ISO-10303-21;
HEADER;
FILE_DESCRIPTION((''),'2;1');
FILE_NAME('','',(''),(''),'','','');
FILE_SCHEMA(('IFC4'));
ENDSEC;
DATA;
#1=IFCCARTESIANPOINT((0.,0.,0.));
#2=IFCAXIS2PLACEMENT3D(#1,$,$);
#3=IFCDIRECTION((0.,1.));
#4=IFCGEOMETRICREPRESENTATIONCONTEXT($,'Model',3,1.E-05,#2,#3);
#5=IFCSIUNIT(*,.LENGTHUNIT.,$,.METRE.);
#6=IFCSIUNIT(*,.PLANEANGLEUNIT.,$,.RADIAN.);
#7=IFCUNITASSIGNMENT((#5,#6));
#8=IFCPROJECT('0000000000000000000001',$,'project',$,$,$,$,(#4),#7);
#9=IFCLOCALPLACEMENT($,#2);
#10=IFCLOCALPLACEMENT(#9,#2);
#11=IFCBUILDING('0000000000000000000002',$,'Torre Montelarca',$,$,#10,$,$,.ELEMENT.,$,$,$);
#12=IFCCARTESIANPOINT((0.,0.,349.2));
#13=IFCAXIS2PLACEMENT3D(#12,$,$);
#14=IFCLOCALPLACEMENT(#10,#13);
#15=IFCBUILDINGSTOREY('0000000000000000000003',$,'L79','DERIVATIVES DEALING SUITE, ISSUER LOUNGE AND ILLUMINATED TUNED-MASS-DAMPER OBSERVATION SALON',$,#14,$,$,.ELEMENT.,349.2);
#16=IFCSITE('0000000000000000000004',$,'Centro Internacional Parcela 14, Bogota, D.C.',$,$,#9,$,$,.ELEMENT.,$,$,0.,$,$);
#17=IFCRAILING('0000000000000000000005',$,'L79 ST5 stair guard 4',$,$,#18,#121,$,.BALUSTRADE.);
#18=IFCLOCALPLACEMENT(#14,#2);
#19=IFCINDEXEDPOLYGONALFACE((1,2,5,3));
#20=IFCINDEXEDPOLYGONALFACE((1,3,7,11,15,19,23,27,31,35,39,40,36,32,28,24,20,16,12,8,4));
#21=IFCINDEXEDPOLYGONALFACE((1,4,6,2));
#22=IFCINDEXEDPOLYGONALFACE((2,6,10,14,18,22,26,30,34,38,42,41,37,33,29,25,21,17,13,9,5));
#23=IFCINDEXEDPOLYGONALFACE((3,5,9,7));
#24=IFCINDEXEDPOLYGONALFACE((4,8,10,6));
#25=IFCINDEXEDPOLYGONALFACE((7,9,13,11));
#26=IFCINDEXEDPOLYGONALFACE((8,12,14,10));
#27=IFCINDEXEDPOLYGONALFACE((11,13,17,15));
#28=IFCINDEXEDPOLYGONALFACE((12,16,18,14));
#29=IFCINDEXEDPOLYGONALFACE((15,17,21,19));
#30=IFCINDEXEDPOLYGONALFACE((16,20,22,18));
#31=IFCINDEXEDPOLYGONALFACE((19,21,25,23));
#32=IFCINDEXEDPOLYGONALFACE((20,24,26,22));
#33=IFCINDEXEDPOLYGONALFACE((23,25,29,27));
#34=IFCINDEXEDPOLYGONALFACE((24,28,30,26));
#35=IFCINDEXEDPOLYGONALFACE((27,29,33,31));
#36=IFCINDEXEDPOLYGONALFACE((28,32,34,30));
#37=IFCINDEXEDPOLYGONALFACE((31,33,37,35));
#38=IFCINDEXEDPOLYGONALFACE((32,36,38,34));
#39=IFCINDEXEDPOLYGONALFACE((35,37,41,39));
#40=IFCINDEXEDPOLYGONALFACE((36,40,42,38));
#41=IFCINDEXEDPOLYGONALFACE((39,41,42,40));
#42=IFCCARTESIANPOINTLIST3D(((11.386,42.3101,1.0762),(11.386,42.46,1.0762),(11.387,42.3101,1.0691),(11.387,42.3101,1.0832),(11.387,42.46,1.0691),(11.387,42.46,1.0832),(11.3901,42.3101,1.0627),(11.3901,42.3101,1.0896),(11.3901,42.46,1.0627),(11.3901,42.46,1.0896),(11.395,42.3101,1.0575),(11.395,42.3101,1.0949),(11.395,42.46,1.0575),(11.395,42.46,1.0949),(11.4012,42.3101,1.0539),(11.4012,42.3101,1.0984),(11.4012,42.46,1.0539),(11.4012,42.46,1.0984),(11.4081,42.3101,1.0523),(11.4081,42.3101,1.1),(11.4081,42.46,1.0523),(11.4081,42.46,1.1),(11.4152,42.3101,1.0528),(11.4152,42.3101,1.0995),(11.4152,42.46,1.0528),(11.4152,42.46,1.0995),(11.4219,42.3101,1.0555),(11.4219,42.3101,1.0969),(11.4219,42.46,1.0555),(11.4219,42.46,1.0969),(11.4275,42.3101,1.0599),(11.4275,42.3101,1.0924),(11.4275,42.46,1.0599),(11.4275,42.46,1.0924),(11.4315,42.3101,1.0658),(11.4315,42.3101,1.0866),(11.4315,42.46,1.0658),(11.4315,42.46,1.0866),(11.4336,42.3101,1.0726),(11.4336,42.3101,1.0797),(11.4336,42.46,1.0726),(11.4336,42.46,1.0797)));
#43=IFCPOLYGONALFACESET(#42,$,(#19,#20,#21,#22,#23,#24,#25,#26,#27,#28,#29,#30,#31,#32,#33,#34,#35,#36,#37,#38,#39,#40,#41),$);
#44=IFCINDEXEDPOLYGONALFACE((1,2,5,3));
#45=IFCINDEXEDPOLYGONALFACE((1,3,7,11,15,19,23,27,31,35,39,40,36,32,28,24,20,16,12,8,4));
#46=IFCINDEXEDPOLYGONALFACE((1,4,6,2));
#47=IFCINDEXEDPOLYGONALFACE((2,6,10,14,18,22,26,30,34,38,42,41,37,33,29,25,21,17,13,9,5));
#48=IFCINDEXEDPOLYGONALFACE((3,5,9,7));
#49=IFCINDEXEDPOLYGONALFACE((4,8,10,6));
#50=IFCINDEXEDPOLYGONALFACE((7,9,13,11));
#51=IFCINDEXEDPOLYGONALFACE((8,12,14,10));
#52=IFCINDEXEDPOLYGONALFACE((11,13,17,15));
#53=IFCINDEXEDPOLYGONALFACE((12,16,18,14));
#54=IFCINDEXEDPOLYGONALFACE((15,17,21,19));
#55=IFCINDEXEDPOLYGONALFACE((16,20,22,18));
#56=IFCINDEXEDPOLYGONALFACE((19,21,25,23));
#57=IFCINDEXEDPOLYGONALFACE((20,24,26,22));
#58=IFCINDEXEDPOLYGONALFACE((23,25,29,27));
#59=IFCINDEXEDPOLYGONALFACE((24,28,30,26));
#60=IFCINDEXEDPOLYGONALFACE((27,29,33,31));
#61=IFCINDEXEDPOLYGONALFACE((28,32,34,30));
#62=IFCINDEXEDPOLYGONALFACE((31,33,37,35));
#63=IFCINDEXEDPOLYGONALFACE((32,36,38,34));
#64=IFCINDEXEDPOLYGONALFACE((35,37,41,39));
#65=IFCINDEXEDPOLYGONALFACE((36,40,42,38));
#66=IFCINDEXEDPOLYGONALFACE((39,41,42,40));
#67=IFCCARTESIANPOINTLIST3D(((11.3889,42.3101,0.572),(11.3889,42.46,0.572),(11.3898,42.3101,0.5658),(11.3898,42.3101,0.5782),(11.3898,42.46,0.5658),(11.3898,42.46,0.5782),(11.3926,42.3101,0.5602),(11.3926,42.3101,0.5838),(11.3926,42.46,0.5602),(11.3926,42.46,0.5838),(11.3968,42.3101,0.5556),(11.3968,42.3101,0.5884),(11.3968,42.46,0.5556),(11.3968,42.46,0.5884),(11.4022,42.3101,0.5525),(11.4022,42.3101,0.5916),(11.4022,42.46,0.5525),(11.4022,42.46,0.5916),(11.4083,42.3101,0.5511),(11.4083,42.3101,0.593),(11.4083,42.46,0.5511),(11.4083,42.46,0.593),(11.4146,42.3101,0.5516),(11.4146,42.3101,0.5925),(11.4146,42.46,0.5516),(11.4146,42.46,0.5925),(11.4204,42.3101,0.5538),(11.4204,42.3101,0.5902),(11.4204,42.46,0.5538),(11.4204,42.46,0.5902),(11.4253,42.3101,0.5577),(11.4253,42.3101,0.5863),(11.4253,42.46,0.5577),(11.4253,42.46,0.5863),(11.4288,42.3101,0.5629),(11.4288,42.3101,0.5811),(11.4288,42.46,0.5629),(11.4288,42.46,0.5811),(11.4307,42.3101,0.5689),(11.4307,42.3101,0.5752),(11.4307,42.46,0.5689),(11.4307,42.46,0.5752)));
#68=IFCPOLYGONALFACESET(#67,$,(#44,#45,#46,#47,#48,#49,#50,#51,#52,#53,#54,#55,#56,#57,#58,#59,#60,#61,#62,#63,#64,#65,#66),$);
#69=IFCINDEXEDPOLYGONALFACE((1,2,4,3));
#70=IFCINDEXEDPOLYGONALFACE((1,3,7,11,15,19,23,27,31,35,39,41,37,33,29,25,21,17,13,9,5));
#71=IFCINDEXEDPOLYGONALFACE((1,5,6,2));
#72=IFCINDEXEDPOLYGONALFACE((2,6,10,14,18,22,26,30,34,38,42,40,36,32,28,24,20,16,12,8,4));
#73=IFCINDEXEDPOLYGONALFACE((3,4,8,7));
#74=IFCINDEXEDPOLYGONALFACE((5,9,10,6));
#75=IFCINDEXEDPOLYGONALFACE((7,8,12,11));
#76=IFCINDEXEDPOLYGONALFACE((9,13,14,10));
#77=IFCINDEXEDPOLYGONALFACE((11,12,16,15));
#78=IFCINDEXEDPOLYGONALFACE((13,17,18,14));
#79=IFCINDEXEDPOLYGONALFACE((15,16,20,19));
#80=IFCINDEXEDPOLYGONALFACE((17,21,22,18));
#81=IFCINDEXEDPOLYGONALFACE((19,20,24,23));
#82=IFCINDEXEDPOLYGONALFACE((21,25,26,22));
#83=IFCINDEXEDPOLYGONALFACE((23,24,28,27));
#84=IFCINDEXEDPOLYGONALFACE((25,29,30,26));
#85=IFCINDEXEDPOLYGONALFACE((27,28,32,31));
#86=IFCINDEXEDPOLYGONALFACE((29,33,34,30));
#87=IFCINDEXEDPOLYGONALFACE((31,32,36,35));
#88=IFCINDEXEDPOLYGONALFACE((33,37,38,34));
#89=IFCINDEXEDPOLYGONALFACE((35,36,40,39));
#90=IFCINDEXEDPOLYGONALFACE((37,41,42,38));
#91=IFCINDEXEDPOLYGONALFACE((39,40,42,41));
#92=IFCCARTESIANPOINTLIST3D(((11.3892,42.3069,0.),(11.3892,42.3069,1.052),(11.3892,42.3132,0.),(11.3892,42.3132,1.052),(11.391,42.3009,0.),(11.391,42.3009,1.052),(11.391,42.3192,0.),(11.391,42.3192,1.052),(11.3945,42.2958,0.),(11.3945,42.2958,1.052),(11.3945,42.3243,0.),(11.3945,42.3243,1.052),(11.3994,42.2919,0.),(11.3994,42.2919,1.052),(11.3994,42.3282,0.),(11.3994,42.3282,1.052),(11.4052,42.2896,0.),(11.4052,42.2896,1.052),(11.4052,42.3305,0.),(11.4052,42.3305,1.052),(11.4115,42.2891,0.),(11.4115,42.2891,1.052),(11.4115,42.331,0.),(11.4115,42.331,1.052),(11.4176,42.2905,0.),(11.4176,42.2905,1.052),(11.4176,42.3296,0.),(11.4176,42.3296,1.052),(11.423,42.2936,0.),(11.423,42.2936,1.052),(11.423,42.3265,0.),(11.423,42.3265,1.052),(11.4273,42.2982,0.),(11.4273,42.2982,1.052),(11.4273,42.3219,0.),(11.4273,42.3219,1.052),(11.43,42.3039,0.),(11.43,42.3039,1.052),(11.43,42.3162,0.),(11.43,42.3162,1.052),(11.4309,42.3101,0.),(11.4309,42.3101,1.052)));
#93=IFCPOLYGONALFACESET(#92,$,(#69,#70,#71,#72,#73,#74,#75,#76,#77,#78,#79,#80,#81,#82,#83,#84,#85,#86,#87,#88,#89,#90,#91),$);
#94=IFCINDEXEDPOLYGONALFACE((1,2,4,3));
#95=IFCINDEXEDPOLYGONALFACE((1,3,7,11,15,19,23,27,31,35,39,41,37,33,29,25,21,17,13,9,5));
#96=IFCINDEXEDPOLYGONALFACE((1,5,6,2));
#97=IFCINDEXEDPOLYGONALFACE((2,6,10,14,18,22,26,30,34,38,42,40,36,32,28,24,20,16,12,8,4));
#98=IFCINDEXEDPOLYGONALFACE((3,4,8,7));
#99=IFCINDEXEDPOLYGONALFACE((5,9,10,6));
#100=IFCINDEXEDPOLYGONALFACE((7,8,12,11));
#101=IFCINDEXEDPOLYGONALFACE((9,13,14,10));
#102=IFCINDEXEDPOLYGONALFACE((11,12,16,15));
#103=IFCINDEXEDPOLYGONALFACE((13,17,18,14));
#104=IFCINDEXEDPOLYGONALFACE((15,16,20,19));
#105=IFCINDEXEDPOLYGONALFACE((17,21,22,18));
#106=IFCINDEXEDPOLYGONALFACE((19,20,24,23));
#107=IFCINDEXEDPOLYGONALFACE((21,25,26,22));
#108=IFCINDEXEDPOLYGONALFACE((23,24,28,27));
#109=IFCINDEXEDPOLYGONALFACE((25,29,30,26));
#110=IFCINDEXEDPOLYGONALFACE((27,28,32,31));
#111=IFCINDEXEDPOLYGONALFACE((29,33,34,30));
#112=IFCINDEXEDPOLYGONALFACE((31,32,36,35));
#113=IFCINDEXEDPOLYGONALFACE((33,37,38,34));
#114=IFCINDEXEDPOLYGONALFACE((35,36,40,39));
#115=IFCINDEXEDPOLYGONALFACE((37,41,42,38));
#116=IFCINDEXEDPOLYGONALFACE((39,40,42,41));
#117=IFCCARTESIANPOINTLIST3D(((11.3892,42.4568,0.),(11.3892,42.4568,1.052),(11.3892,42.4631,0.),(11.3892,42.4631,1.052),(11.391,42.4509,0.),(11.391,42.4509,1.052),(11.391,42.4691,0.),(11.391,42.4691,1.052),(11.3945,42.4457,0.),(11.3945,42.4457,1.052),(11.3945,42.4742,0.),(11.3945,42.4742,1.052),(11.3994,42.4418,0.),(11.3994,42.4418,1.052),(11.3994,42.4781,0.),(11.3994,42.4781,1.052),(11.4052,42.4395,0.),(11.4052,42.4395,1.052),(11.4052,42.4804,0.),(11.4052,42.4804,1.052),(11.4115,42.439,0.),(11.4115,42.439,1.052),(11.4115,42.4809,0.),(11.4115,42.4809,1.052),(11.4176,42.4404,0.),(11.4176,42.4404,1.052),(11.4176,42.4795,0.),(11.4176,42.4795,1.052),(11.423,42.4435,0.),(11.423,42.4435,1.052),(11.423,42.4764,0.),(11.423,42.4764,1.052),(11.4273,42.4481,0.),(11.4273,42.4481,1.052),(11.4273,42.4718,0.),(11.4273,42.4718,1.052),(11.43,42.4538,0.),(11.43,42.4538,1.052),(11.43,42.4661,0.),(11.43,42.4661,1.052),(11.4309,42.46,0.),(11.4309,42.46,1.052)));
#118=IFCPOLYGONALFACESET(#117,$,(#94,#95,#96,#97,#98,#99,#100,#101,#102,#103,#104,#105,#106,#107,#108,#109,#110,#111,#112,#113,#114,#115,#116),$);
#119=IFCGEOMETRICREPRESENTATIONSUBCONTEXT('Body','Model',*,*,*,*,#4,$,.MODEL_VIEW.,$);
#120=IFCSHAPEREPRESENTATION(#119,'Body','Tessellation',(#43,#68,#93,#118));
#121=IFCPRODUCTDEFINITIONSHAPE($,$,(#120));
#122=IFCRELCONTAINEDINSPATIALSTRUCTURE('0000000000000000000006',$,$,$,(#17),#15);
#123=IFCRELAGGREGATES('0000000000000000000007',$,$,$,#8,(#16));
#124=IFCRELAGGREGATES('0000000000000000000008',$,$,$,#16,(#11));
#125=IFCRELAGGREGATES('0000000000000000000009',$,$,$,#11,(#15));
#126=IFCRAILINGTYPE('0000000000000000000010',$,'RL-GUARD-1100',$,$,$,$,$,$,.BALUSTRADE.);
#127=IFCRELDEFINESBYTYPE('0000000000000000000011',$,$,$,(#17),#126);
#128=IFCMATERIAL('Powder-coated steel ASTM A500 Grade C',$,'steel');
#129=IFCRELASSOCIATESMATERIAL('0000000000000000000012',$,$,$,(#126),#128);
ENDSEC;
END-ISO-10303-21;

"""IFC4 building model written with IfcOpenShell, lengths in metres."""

from ifc_helpers import new_model, si_unit, direction, frame, origin, origin_2d, place, context, subcontext, project, spatial, circle, extrude, material, type_object, element, save


model = new_model("IFC4")

# Units and contexts
model_context = context("Model", 3, precision=1e-05, world=origin(), true_north=direction((0.0, 1.0)))
body_context = subcontext(model_context, "Body", "Model", "MODEL_VIEW")
ifc_project = project(units=[si_unit("LENGTHUNIT", "METRE"), si_unit("PLANEANGLEUNIT", "RADIAN")], contexts=[model_context])

# Site, building, storey
site_placement = place(None, origin())
site = spatial("IfcSite", under=ifc_project, at=site_placement, Name="Centro Internacional Parcela 14, Bogota, D.C.", CompositionType="ELEMENT", RefElevation=0.0)
building_placement = place(site_placement, origin())
building = spatial("IfcBuilding", under=site, at=building_placement, Name="Torre Montelarca", CompositionType="ELEMENT")
storey_placement = place(building_placement, frame((0.0, 0.0, 349.2)))
storey = spatial("IfcBuildingStorey", under=building, at=storey_placement, Name="L79", Description="DERIVATIVES DEALING SUITE, ISSUER LOUNGE AND ILLUMINATED TUNED-MASS-DAMPER OBSERVATION SALON", CompositionType="ELEMENT", Elevation=349.2)

# Railing
ifc_material_1 = material(Name="Powder-coated steel ASTM A500 Grade C", Category="steel")
railing_type_1 = type_object("IfcRailingType", Name="RL-GUARD-1100", PredefinedType="BALUSTRADE", material=ifc_material_1)
railing_1_placement = place(storey_placement, frame((11.4099, 42.3101, 0.0)))
element("IfcRailing", 1, at=railing_1_placement, inside=storey, type_object=railing_type_1, Name="L79 ST5 stair guard 4", PredefinedType="BALUSTRADE", context=body_context, shape_type="SweptSolid", body=[
    extrude(circle(Radius=0.0239, at=origin_2d()), frame((0.0, 0.0, 1.0762), z_axis=(0.0, 1.0, 0.0), x_axis=(-1.0, 0.0, 0.0)), (0.0, 0.0, 1.0), 0.1499),
    extrude(circle(Radius=0.021, at=origin_2d()), frame((0.0, 0.0, 0.572), z_axis=(0.0, 1.0, 0.0), x_axis=(-1.0, 0.0, 0.0)), (0.0, 0.0, 1.0), 0.1499),
    extrude(circle(Radius=0.021, at=origin_2d()), origin(), (0.0, 0.0, 1.0), 1.052),
    extrude(circle(Radius=0.021, at=origin_2d()), frame((0.0, 0.1499, 0.0)), (0.0, 0.0, 1.0), 1.052),
])

save(model, "model.ifc")
